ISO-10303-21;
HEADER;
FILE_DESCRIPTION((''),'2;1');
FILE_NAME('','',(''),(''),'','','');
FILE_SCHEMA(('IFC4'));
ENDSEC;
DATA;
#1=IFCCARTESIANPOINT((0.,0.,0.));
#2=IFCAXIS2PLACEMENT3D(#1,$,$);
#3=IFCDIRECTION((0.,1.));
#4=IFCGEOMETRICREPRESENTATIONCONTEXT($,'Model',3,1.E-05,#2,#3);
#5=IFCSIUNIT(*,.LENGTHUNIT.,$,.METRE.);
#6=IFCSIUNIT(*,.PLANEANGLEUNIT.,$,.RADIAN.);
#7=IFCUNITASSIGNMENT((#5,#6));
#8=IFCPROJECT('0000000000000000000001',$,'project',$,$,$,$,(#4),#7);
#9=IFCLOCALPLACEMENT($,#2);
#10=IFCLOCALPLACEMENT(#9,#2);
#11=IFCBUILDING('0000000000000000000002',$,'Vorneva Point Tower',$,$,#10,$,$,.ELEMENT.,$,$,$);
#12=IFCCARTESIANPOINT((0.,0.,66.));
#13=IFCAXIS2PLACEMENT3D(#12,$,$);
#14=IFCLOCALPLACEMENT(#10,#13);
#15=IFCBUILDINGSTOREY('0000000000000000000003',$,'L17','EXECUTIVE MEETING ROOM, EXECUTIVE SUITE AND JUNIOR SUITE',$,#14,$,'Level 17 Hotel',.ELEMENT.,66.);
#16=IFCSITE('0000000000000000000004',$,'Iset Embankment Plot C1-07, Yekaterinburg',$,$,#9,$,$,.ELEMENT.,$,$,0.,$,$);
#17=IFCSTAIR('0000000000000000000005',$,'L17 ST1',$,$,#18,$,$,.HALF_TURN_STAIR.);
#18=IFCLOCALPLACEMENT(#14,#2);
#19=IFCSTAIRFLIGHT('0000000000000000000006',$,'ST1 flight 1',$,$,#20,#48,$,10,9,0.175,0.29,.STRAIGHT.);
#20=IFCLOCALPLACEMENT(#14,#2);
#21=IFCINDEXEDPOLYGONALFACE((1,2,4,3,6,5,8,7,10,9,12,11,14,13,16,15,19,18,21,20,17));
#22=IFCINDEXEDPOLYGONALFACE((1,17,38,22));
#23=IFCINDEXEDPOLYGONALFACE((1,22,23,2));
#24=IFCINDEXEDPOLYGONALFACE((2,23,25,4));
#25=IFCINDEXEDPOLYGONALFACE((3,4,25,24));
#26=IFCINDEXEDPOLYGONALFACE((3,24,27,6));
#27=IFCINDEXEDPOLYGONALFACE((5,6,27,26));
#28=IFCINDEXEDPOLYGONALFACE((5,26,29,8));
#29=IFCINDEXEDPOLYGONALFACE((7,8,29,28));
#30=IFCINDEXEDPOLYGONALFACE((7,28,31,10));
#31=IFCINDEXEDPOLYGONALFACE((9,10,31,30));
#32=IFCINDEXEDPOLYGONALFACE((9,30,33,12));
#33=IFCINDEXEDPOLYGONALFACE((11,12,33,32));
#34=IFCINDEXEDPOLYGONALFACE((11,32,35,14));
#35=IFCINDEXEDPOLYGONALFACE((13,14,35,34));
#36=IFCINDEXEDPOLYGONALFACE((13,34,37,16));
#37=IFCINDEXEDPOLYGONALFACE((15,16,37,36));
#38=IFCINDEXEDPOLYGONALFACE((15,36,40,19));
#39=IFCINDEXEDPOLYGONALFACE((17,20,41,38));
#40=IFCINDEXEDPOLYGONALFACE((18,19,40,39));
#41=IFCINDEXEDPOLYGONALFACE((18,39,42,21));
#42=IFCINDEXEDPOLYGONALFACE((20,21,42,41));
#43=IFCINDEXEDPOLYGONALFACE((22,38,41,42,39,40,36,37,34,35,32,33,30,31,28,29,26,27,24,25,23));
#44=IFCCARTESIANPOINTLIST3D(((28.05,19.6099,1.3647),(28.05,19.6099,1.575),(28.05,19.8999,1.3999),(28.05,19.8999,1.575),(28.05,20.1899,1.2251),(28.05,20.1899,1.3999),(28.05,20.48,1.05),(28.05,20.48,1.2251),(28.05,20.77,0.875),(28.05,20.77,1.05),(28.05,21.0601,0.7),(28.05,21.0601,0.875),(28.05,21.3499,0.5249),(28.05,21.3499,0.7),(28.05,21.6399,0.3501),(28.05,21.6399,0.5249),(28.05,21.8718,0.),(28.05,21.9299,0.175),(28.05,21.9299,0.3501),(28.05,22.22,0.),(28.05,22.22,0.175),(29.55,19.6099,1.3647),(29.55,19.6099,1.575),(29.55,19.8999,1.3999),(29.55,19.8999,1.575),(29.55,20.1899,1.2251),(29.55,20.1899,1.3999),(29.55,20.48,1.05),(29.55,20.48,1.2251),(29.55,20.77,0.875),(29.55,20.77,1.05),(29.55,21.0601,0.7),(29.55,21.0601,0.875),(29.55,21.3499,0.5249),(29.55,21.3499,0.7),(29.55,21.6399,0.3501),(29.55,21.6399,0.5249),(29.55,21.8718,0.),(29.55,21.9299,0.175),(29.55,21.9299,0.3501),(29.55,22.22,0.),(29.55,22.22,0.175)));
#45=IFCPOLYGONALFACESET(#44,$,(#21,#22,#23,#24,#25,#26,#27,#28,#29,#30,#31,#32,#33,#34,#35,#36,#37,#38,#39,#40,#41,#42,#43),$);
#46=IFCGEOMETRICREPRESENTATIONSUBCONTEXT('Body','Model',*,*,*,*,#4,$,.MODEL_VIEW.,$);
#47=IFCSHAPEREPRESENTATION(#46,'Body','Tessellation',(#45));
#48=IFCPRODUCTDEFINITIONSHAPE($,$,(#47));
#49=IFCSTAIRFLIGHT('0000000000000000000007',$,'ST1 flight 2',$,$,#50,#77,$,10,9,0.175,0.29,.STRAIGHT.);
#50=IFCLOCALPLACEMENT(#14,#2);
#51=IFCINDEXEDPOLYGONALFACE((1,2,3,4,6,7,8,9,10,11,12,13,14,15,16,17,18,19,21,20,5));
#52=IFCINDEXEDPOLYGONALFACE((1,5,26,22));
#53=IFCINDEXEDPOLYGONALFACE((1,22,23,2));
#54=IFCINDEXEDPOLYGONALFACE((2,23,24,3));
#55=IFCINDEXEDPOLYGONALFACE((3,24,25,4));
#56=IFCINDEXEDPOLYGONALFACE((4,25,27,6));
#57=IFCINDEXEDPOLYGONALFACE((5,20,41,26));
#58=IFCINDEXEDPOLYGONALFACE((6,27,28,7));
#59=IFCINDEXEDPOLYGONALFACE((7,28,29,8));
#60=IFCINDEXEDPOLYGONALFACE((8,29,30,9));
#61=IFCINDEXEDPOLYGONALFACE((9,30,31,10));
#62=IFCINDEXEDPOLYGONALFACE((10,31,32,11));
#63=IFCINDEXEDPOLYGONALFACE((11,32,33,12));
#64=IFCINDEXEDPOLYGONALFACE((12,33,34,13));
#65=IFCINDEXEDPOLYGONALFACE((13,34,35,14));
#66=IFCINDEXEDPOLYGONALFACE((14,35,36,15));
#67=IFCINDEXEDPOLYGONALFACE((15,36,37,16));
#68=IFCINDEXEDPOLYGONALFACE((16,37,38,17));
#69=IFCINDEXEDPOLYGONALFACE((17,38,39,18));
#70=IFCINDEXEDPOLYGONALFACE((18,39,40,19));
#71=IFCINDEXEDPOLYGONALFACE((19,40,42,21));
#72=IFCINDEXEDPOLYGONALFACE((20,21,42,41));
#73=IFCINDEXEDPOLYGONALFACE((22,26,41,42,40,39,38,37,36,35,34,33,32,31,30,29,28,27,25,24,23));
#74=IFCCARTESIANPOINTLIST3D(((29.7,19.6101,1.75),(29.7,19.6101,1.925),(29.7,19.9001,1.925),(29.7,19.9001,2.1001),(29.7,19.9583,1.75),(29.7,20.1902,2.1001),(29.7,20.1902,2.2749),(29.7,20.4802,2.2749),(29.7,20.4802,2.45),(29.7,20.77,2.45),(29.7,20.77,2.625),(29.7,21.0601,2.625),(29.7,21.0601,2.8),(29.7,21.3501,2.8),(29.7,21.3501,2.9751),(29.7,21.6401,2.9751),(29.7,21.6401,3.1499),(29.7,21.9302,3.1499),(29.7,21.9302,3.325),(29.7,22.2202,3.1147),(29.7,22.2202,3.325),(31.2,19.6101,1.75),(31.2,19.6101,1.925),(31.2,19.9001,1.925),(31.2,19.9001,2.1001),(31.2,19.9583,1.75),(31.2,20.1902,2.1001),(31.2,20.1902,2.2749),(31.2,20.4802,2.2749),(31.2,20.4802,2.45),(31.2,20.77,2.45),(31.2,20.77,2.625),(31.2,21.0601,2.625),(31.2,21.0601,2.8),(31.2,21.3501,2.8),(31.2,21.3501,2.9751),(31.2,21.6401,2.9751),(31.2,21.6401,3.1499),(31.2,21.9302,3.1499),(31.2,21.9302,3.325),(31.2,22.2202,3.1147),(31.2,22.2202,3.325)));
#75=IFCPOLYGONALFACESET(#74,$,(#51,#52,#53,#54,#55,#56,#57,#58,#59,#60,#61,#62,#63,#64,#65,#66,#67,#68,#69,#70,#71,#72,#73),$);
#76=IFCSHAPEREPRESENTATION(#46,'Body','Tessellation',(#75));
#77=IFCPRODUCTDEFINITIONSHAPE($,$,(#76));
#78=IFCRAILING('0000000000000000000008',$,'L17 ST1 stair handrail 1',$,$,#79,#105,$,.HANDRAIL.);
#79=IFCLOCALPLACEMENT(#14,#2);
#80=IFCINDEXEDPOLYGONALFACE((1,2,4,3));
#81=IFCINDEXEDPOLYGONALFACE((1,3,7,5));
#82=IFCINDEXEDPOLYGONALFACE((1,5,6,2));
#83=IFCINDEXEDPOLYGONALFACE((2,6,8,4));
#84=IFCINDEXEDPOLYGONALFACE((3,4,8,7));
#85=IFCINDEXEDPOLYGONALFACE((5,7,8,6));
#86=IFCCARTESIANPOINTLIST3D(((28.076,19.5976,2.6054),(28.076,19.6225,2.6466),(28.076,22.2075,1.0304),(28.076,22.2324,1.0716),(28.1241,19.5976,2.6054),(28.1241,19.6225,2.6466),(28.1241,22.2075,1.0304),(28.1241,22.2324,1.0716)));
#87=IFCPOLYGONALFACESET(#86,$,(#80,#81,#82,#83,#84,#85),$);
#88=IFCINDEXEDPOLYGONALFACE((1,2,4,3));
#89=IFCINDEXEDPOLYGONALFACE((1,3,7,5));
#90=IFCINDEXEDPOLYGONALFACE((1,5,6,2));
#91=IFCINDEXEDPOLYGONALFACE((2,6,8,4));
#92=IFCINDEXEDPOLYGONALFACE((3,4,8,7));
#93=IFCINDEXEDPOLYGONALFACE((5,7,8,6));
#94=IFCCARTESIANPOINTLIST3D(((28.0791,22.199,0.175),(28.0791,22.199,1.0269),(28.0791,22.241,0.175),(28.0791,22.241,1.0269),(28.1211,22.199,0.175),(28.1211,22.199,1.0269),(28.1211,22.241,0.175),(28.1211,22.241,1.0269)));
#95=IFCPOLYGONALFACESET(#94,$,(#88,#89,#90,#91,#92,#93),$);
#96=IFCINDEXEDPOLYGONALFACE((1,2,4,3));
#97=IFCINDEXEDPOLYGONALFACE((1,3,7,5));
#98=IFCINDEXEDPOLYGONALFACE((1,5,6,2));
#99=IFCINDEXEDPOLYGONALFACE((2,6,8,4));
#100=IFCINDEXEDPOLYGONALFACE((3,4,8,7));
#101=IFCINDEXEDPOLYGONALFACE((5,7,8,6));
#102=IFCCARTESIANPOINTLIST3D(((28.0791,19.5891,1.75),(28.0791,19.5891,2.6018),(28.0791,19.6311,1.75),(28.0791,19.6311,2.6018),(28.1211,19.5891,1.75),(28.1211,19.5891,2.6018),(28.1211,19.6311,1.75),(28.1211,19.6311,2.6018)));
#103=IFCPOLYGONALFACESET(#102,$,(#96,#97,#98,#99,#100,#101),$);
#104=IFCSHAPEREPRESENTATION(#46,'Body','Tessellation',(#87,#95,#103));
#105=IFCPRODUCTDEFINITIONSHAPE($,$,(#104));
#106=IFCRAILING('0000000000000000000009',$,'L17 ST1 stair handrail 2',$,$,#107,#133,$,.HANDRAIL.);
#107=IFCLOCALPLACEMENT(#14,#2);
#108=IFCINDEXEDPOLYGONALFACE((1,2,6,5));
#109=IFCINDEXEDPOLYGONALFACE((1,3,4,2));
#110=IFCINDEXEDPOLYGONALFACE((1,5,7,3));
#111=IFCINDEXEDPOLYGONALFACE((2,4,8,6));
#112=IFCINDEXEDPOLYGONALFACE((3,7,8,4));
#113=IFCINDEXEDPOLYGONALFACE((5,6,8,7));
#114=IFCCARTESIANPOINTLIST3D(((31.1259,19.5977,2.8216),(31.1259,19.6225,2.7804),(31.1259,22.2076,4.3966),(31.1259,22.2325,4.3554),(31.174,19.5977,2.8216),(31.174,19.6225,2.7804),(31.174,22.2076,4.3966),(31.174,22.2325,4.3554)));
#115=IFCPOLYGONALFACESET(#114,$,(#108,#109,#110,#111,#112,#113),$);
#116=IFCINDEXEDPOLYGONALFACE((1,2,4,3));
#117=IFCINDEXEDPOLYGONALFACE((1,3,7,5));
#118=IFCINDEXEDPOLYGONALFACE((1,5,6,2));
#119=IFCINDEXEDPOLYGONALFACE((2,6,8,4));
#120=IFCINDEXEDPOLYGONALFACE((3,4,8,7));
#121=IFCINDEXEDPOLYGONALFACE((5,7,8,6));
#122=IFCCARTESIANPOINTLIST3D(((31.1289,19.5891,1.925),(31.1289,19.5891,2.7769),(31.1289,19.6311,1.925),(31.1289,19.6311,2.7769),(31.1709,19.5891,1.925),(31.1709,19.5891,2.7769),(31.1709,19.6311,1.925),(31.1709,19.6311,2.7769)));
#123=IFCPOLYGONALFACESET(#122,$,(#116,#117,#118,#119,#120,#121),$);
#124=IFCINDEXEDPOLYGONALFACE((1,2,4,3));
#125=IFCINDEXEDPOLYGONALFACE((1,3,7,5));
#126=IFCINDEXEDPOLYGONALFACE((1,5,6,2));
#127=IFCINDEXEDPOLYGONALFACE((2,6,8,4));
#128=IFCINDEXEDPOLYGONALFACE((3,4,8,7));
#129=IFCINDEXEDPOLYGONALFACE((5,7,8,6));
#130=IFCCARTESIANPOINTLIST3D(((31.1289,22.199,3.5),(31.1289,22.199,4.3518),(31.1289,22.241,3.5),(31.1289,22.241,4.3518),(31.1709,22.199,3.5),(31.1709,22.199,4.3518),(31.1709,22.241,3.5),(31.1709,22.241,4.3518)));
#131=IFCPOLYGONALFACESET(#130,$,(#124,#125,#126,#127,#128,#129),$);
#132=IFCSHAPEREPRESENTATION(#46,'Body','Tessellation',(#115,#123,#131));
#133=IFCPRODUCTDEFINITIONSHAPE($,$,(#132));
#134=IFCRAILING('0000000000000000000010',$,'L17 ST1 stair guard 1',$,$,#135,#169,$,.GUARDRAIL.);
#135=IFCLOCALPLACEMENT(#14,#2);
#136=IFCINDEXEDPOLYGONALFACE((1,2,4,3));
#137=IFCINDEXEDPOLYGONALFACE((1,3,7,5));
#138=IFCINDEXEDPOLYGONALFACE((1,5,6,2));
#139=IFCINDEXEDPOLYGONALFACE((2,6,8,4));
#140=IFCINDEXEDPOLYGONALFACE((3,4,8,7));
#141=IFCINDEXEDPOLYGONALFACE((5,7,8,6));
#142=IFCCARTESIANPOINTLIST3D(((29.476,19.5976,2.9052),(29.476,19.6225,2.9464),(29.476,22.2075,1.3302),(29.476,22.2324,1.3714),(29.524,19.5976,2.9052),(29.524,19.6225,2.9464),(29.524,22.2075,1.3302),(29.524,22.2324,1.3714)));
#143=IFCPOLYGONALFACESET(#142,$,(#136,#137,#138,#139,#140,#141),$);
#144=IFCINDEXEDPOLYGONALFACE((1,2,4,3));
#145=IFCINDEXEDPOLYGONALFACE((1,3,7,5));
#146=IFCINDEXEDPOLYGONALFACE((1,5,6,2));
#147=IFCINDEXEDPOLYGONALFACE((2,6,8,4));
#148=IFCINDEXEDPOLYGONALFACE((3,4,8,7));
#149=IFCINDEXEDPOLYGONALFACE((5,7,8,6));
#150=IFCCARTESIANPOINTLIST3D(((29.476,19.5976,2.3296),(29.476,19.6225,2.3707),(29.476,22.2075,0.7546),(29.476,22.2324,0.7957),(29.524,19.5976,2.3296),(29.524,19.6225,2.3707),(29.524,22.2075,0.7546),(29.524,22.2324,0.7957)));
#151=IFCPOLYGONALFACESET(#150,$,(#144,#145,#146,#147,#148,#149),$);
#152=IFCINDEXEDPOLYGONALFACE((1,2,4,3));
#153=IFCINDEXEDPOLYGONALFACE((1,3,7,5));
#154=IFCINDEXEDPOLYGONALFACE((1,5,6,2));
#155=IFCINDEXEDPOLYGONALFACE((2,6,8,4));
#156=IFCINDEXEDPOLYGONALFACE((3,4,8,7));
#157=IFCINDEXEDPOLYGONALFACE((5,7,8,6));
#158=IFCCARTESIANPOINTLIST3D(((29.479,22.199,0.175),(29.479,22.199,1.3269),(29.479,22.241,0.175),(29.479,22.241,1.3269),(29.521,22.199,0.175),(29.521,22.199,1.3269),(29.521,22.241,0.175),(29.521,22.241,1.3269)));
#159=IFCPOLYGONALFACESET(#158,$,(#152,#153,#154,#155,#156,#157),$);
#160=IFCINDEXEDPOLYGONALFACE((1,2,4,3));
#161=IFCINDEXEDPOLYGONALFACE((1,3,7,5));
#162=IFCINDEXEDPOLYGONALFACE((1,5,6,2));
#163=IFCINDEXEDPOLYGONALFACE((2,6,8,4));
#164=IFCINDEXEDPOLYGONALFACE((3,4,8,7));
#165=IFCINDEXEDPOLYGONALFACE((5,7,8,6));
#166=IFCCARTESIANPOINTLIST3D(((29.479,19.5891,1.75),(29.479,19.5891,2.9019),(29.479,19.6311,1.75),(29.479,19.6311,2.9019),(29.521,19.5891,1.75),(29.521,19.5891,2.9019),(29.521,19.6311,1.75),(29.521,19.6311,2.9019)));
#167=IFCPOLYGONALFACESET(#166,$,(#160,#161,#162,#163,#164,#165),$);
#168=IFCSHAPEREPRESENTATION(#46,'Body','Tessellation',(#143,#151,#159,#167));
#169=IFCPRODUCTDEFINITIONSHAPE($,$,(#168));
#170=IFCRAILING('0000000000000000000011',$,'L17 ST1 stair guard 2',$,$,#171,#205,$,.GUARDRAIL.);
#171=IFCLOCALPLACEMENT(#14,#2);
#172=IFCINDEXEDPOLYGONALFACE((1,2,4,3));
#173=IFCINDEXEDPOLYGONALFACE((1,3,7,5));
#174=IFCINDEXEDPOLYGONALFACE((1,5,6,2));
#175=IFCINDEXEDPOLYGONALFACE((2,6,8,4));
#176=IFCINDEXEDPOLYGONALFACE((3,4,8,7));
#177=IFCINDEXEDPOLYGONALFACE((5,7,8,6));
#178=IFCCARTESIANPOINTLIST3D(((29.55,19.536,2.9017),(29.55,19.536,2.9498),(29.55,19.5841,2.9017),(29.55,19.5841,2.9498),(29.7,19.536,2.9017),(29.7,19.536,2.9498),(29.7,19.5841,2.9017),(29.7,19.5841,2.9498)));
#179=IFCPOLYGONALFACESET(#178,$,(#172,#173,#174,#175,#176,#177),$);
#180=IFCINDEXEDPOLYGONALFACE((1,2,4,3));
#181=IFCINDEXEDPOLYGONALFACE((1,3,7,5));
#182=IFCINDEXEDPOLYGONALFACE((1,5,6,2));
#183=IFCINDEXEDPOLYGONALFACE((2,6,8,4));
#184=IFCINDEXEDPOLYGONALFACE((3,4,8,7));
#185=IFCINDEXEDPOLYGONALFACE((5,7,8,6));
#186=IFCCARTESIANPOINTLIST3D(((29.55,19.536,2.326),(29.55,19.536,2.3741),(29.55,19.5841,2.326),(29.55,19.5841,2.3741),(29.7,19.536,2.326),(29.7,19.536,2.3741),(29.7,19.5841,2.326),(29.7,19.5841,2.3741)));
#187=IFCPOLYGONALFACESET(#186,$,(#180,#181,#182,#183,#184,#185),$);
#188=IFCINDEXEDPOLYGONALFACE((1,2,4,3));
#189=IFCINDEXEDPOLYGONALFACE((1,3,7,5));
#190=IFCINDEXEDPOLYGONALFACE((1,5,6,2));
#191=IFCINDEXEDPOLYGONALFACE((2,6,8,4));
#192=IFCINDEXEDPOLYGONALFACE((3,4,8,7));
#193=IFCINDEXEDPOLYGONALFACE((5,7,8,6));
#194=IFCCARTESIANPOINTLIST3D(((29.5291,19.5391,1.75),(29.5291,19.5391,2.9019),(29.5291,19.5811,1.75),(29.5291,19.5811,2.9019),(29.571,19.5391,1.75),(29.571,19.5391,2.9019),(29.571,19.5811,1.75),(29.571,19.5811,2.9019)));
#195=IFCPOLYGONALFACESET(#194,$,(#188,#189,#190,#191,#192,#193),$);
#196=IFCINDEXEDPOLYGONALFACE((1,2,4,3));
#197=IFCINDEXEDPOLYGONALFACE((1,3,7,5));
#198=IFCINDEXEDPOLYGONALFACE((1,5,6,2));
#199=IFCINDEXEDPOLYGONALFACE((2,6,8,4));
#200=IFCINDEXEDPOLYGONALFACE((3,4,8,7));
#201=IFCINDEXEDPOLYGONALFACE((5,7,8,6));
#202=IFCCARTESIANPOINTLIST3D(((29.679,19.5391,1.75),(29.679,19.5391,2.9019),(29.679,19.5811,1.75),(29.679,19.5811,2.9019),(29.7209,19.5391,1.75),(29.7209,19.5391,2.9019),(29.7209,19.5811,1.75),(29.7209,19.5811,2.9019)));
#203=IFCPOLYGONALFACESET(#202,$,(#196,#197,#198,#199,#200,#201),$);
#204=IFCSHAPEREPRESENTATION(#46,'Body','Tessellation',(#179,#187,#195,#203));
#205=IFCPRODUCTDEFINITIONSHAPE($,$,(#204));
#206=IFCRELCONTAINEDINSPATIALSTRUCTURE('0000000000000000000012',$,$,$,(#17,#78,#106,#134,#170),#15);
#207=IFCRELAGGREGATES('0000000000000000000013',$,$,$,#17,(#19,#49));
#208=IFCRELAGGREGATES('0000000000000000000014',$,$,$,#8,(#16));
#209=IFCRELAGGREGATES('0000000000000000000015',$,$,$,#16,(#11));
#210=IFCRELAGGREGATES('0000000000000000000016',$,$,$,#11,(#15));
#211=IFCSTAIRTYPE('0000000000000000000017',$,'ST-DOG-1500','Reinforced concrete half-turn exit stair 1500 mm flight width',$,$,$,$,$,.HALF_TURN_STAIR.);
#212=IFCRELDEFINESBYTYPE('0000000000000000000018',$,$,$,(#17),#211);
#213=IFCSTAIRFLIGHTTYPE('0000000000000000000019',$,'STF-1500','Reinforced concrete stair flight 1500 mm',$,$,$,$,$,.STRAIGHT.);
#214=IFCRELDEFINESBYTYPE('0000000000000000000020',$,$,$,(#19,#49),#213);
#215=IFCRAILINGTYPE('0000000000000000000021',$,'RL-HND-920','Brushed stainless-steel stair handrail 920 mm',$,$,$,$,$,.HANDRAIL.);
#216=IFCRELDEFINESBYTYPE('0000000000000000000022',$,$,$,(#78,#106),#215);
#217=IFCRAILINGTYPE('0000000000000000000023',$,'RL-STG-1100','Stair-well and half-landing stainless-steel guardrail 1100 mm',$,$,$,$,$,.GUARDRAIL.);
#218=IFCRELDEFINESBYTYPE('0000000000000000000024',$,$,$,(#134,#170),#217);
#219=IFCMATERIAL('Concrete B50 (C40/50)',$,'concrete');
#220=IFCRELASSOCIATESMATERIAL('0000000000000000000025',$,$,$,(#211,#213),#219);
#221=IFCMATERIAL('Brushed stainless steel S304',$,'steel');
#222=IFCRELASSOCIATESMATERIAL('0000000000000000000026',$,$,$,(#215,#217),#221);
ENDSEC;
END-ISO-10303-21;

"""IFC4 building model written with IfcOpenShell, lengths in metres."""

from ifc_helpers import new_model, si_unit, direction, frame, origin, origin_2d, place, context, subcontext, project, spatial, polyline, rectangle, outline, extrude, material, type_object, element, aggregate, save


model = new_model("IFC4")

# Units and contexts
model_context = context("Model", 3, precision=1e-05, world=origin(), true_north=direction((0.0, 1.0)))
body_context = subcontext(model_context, "Body", "Model", "MODEL_VIEW")
ifc_project = project(units=[si_unit("LENGTHUNIT", "METRE"), si_unit("PLANEANGLEUNIT", "RADIAN")], contexts=[model_context])

# Site, building, storey
site_placement = place(None, origin())
site = spatial("IfcSite", under=ifc_project, at=site_placement, Name="Iset Embankment Plot C1-07, Yekaterinburg", CompositionType="ELEMENT", RefElevation=0.0)
building_placement = place(site_placement, origin())
building = spatial("IfcBuilding", under=site, at=building_placement, Name="Vorneva Point Tower", CompositionType="ELEMENT")
storey_placement = place(building_placement, frame((0.0, 0.0, 66.0)))
storey = spatial("IfcBuildingStorey", under=building, at=storey_placement, Name="L17", Description="EXECUTIVE MEETING ROOM, EXECUTIVE SUITE AND JUNIOR SUITE", LongName="Level 17 Hotel", CompositionType="ELEMENT", Elevation=66.0)

# Shared definitions
ifc_material_1 = material(Name="Concrete B50 (C40/50)", Category="concrete")

# Stair, stair flights
stair_type = type_object("IfcStairType", Name="ST-DOG-1500", Description="Reinforced concrete half-turn exit stair 1500 mm flight width", PredefinedType="HALF_TURN_STAIR", material=ifc_material_1)
stair_placement = place(storey_placement, origin())
stair = element("IfcStair", 1, at=stair_placement, inside=storey, type_object=stair_type, Name="L17 ST1", PredefinedType="HALF_TURN_STAIR")
stair_flight_type = type_object("IfcStairFlightType", Name="STF-1500", Description="Reinforced concrete stair flight 1500 mm", PredefinedType="STRAIGHT", material=ifc_material_1)
stair_flight_1_placement = place(storey_placement, frame((28.8, 22.22, 0.0), z_axis=(0.0, 0.0, 1.0), x_axis=(0.0, -1.0, 0.0)))
stair_flight_1 = element("IfcStairFlight", 2, at=stair_flight_1_placement, type_object=stair_flight_type, Name="ST1 flight 1", NumberOfRisers=10, NumberOfTreads=9, PredefinedType="STRAIGHT", RiserHeight=0.175, TreadLength=0.29, context=body_context, shape_type="SweptSolid", body=[
    extrude(outline(polyline([(0.0, 0.0), (0.0, 0.175), (0.29, 0.175), (0.29, 0.3501), (0.5801, 0.3501), (0.5801, 0.5249), (0.8701, 0.5249), (0.8701, 0.7), (1.1599, 0.7), (1.1599, 0.875), (1.45, 0.875), (1.45, 1.05), (1.74, 1.05), (1.74, 1.2251), (2.03, 1.2251), (2.03, 1.3999), (2.3201, 1.3999), (2.3201, 1.575), (2.6101, 1.575), (2.6101, 1.75), (2.6101, 1.3647), (0.3481, 0.0), (0.0, 0.0)])), frame((0.0, 0.75, 0.0), z_axis=(0.0, -1.0, 0.0), x_axis=(1.0, 0.0, 0.0)), (0.0, 0.0, 1.0), 1.5),
])
stair_flight_2_placement = place(storey_placement, frame((30.45, 19.6101, 1.75), z_axis=(0.0, 0.0, 1.0), x_axis=(0.0, 1.0, 0.0)))
stair_flight_2 = element("IfcStairFlight", 3, at=stair_flight_2_placement, type_object=stair_flight_type, Name="ST1 flight 2", NumberOfRisers=10, NumberOfTreads=9, PredefinedType="STRAIGHT", RiserHeight=0.175, TreadLength=0.29, context=body_context, shape_type="SweptSolid", body=[
    extrude(outline(polyline([(0.0, 0.0), (0.0, 0.175), (0.29, 0.175), (0.29, 0.3501), (0.5801, 0.3501), (0.5801, 0.5249), (0.8701, 0.5249), (0.8701, 0.7), (1.1599, 0.7), (1.1599, 0.875), (1.45, 0.875), (1.45, 1.05), (1.74, 1.05), (1.74, 1.2251), (2.03, 1.2251), (2.03, 1.3999), (2.3201, 1.3999), (2.3201, 1.575), (2.6101, 1.575), (2.6101, 1.75), (2.6101, 1.3647), (0.3481, 0.0), (0.0, 0.0)])), frame((0.0, 0.75, 0.0), z_axis=(0.0, -1.0, 0.0), x_axis=(1.0, 0.0, 0.0)), (0.0, 0.0, 1.0), 1.5),
])
aggregate(stair, [stair_flight_1, stair_flight_2])

# Railings
ifc_material_2 = material(Name="Brushed stainless steel S304", Category="steel")
railing_type_1 = type_object("IfcRailingType", Name="RL-HND-920", Description="Brushed stainless-steel stair handrail 920 mm", PredefinedType="HANDRAIL", material=ifc_material_2)
railing_1_placement = place(storey_placement, frame((28.1001, 22.22, 0.175)))
element("IfcRailing", 4, at=railing_1_placement, inside=storey, type_object=railing_type_1, Name="L17 ST1 stair handrail 1", PredefinedType="HANDRAIL", context=body_context, shape_type="SweptSolid", body=[
    extrude(rectangle(XDim=0.0481, YDim=0.0481, at=origin_2d()), frame((0.0, 0.0, 0.876), z_axis=(0.0, -0.856183, 0.516673), x_axis=(1.0, 0.0, 0.0)), (0.0, 0.0, 1.0), 3.0483),
    extrude(rectangle(XDim=0.042, YDim=0.042, at=origin_2d()), origin(), (0.0, 0.0, 1.0), 0.8518),
    extrude(rectangle(XDim=0.042, YDim=0.042, at=origin_2d()), frame((0.0, -2.6099, 1.575)), (0.0, 0.0, 1.0), 0.8518),
])
railing_2_placement = place(storey_placement, frame((31.1499, 19.6101, 1.925)))
element("IfcRailing", 5, at=railing_2_placement, inside=storey, type_object=railing_type_1, Name="L17 ST1 stair handrail 2", PredefinedType="HANDRAIL", context=body_context, shape_type="SweptSolid", body=[
    extrude(rectangle(XDim=0.0481, YDim=0.0481, at=origin_2d()), frame((0.0, 0.0, 0.876), z_axis=(0.0, 0.856183, 0.516673), x_axis=(-1.0, 0.0, 0.0)), (0.0, 0.0, 1.0), 3.0483),
    extrude(rectangle(XDim=0.042, YDim=0.042, at=origin_2d()), origin(), (0.0, 0.0, 1.0), 0.8518),
    extrude(rectangle(XDim=0.042, YDim=0.042, at=origin_2d()), frame((0.0, 2.6099, 1.575)), (0.0, 0.0, 1.0), 0.8518),
])
railing_type_2 = type_object("IfcRailingType", Name="RL-STG-1100", Description="Stair-well and half-landing stainless-steel guardrail 1100 mm", PredefinedType="GUARDRAIL", material=ifc_material_2)
railing_3_placement = place(storey_placement, frame((29.5, 22.22, 0.175)))
element("IfcRailing", 6, at=railing_3_placement, inside=storey, type_object=railing_type_2, Name="L17 ST1 stair guard 1", PredefinedType="GUARDRAIL", context=body_context, shape_type="SweptSolid", body=[
    extrude(rectangle(XDim=0.0481, YDim=0.0481, at=origin_2d()), frame((0.0, 0.0, 1.1758), z_axis=(0.0, -0.856183, 0.516673), x_axis=(1.0, 0.0, 0.0)), (0.0, 0.0, 1.0), 3.0483),
    extrude(rectangle(XDim=0.0481, YDim=0.0481, at=origin_2d()), frame((0.0, 0.0, 0.6001), z_axis=(0.0, -0.856183, 0.516673), x_axis=(1.0, 0.0, 0.0)), (0.0, 0.0, 1.0), 3.0483),
    extrude(rectangle(XDim=0.042, YDim=0.042, at=origin_2d()), origin(), (0.0, 0.0, 1.0), 1.1519),
    extrude(rectangle(XDim=0.042, YDim=0.042, at=origin_2d()), frame((0.0, -2.6099, 1.575)), (0.0, 0.0, 1.0), 1.1519),
])
railing_4_placement = place(storey_placement, frame((29.55, 19.5601, 1.75)))
element("IfcRailing", 7, at=railing_4_placement, inside=storey, type_object=railing_type_2, Name="L17 ST1 stair guard 2", PredefinedType="GUARDRAIL", context=body_context, shape_type="SweptSolid", body=[
    extrude(rectangle(XDim=0.0481, YDim=0.0481, at=origin_2d()), frame((0.0, 0.0, 1.1758), z_axis=(1.0, 0.0, 0.0), x_axis=(0.0, 1.0, 0.0)), (0.0, 0.0, 1.0), 0.1499),
    extrude(rectangle(XDim=0.0481, YDim=0.0481, at=origin_2d()), frame((0.0, 0.0, 0.6001), z_axis=(1.0, 0.0, 0.0), x_axis=(0.0, 1.0, 0.0)), (0.0, 0.0, 1.0), 0.1499),
    extrude(rectangle(XDim=0.042, YDim=0.042, at=origin_2d()), origin(), (0.0, 0.0, 1.0), 1.1519),
    extrude(rectangle(XDim=0.042, YDim=0.042, at=origin_2d()), frame((0.1499, 0.0, 0.0)), (0.0, 0.0, 1.0), 1.1519),
])

save(model, "model.ifc")
